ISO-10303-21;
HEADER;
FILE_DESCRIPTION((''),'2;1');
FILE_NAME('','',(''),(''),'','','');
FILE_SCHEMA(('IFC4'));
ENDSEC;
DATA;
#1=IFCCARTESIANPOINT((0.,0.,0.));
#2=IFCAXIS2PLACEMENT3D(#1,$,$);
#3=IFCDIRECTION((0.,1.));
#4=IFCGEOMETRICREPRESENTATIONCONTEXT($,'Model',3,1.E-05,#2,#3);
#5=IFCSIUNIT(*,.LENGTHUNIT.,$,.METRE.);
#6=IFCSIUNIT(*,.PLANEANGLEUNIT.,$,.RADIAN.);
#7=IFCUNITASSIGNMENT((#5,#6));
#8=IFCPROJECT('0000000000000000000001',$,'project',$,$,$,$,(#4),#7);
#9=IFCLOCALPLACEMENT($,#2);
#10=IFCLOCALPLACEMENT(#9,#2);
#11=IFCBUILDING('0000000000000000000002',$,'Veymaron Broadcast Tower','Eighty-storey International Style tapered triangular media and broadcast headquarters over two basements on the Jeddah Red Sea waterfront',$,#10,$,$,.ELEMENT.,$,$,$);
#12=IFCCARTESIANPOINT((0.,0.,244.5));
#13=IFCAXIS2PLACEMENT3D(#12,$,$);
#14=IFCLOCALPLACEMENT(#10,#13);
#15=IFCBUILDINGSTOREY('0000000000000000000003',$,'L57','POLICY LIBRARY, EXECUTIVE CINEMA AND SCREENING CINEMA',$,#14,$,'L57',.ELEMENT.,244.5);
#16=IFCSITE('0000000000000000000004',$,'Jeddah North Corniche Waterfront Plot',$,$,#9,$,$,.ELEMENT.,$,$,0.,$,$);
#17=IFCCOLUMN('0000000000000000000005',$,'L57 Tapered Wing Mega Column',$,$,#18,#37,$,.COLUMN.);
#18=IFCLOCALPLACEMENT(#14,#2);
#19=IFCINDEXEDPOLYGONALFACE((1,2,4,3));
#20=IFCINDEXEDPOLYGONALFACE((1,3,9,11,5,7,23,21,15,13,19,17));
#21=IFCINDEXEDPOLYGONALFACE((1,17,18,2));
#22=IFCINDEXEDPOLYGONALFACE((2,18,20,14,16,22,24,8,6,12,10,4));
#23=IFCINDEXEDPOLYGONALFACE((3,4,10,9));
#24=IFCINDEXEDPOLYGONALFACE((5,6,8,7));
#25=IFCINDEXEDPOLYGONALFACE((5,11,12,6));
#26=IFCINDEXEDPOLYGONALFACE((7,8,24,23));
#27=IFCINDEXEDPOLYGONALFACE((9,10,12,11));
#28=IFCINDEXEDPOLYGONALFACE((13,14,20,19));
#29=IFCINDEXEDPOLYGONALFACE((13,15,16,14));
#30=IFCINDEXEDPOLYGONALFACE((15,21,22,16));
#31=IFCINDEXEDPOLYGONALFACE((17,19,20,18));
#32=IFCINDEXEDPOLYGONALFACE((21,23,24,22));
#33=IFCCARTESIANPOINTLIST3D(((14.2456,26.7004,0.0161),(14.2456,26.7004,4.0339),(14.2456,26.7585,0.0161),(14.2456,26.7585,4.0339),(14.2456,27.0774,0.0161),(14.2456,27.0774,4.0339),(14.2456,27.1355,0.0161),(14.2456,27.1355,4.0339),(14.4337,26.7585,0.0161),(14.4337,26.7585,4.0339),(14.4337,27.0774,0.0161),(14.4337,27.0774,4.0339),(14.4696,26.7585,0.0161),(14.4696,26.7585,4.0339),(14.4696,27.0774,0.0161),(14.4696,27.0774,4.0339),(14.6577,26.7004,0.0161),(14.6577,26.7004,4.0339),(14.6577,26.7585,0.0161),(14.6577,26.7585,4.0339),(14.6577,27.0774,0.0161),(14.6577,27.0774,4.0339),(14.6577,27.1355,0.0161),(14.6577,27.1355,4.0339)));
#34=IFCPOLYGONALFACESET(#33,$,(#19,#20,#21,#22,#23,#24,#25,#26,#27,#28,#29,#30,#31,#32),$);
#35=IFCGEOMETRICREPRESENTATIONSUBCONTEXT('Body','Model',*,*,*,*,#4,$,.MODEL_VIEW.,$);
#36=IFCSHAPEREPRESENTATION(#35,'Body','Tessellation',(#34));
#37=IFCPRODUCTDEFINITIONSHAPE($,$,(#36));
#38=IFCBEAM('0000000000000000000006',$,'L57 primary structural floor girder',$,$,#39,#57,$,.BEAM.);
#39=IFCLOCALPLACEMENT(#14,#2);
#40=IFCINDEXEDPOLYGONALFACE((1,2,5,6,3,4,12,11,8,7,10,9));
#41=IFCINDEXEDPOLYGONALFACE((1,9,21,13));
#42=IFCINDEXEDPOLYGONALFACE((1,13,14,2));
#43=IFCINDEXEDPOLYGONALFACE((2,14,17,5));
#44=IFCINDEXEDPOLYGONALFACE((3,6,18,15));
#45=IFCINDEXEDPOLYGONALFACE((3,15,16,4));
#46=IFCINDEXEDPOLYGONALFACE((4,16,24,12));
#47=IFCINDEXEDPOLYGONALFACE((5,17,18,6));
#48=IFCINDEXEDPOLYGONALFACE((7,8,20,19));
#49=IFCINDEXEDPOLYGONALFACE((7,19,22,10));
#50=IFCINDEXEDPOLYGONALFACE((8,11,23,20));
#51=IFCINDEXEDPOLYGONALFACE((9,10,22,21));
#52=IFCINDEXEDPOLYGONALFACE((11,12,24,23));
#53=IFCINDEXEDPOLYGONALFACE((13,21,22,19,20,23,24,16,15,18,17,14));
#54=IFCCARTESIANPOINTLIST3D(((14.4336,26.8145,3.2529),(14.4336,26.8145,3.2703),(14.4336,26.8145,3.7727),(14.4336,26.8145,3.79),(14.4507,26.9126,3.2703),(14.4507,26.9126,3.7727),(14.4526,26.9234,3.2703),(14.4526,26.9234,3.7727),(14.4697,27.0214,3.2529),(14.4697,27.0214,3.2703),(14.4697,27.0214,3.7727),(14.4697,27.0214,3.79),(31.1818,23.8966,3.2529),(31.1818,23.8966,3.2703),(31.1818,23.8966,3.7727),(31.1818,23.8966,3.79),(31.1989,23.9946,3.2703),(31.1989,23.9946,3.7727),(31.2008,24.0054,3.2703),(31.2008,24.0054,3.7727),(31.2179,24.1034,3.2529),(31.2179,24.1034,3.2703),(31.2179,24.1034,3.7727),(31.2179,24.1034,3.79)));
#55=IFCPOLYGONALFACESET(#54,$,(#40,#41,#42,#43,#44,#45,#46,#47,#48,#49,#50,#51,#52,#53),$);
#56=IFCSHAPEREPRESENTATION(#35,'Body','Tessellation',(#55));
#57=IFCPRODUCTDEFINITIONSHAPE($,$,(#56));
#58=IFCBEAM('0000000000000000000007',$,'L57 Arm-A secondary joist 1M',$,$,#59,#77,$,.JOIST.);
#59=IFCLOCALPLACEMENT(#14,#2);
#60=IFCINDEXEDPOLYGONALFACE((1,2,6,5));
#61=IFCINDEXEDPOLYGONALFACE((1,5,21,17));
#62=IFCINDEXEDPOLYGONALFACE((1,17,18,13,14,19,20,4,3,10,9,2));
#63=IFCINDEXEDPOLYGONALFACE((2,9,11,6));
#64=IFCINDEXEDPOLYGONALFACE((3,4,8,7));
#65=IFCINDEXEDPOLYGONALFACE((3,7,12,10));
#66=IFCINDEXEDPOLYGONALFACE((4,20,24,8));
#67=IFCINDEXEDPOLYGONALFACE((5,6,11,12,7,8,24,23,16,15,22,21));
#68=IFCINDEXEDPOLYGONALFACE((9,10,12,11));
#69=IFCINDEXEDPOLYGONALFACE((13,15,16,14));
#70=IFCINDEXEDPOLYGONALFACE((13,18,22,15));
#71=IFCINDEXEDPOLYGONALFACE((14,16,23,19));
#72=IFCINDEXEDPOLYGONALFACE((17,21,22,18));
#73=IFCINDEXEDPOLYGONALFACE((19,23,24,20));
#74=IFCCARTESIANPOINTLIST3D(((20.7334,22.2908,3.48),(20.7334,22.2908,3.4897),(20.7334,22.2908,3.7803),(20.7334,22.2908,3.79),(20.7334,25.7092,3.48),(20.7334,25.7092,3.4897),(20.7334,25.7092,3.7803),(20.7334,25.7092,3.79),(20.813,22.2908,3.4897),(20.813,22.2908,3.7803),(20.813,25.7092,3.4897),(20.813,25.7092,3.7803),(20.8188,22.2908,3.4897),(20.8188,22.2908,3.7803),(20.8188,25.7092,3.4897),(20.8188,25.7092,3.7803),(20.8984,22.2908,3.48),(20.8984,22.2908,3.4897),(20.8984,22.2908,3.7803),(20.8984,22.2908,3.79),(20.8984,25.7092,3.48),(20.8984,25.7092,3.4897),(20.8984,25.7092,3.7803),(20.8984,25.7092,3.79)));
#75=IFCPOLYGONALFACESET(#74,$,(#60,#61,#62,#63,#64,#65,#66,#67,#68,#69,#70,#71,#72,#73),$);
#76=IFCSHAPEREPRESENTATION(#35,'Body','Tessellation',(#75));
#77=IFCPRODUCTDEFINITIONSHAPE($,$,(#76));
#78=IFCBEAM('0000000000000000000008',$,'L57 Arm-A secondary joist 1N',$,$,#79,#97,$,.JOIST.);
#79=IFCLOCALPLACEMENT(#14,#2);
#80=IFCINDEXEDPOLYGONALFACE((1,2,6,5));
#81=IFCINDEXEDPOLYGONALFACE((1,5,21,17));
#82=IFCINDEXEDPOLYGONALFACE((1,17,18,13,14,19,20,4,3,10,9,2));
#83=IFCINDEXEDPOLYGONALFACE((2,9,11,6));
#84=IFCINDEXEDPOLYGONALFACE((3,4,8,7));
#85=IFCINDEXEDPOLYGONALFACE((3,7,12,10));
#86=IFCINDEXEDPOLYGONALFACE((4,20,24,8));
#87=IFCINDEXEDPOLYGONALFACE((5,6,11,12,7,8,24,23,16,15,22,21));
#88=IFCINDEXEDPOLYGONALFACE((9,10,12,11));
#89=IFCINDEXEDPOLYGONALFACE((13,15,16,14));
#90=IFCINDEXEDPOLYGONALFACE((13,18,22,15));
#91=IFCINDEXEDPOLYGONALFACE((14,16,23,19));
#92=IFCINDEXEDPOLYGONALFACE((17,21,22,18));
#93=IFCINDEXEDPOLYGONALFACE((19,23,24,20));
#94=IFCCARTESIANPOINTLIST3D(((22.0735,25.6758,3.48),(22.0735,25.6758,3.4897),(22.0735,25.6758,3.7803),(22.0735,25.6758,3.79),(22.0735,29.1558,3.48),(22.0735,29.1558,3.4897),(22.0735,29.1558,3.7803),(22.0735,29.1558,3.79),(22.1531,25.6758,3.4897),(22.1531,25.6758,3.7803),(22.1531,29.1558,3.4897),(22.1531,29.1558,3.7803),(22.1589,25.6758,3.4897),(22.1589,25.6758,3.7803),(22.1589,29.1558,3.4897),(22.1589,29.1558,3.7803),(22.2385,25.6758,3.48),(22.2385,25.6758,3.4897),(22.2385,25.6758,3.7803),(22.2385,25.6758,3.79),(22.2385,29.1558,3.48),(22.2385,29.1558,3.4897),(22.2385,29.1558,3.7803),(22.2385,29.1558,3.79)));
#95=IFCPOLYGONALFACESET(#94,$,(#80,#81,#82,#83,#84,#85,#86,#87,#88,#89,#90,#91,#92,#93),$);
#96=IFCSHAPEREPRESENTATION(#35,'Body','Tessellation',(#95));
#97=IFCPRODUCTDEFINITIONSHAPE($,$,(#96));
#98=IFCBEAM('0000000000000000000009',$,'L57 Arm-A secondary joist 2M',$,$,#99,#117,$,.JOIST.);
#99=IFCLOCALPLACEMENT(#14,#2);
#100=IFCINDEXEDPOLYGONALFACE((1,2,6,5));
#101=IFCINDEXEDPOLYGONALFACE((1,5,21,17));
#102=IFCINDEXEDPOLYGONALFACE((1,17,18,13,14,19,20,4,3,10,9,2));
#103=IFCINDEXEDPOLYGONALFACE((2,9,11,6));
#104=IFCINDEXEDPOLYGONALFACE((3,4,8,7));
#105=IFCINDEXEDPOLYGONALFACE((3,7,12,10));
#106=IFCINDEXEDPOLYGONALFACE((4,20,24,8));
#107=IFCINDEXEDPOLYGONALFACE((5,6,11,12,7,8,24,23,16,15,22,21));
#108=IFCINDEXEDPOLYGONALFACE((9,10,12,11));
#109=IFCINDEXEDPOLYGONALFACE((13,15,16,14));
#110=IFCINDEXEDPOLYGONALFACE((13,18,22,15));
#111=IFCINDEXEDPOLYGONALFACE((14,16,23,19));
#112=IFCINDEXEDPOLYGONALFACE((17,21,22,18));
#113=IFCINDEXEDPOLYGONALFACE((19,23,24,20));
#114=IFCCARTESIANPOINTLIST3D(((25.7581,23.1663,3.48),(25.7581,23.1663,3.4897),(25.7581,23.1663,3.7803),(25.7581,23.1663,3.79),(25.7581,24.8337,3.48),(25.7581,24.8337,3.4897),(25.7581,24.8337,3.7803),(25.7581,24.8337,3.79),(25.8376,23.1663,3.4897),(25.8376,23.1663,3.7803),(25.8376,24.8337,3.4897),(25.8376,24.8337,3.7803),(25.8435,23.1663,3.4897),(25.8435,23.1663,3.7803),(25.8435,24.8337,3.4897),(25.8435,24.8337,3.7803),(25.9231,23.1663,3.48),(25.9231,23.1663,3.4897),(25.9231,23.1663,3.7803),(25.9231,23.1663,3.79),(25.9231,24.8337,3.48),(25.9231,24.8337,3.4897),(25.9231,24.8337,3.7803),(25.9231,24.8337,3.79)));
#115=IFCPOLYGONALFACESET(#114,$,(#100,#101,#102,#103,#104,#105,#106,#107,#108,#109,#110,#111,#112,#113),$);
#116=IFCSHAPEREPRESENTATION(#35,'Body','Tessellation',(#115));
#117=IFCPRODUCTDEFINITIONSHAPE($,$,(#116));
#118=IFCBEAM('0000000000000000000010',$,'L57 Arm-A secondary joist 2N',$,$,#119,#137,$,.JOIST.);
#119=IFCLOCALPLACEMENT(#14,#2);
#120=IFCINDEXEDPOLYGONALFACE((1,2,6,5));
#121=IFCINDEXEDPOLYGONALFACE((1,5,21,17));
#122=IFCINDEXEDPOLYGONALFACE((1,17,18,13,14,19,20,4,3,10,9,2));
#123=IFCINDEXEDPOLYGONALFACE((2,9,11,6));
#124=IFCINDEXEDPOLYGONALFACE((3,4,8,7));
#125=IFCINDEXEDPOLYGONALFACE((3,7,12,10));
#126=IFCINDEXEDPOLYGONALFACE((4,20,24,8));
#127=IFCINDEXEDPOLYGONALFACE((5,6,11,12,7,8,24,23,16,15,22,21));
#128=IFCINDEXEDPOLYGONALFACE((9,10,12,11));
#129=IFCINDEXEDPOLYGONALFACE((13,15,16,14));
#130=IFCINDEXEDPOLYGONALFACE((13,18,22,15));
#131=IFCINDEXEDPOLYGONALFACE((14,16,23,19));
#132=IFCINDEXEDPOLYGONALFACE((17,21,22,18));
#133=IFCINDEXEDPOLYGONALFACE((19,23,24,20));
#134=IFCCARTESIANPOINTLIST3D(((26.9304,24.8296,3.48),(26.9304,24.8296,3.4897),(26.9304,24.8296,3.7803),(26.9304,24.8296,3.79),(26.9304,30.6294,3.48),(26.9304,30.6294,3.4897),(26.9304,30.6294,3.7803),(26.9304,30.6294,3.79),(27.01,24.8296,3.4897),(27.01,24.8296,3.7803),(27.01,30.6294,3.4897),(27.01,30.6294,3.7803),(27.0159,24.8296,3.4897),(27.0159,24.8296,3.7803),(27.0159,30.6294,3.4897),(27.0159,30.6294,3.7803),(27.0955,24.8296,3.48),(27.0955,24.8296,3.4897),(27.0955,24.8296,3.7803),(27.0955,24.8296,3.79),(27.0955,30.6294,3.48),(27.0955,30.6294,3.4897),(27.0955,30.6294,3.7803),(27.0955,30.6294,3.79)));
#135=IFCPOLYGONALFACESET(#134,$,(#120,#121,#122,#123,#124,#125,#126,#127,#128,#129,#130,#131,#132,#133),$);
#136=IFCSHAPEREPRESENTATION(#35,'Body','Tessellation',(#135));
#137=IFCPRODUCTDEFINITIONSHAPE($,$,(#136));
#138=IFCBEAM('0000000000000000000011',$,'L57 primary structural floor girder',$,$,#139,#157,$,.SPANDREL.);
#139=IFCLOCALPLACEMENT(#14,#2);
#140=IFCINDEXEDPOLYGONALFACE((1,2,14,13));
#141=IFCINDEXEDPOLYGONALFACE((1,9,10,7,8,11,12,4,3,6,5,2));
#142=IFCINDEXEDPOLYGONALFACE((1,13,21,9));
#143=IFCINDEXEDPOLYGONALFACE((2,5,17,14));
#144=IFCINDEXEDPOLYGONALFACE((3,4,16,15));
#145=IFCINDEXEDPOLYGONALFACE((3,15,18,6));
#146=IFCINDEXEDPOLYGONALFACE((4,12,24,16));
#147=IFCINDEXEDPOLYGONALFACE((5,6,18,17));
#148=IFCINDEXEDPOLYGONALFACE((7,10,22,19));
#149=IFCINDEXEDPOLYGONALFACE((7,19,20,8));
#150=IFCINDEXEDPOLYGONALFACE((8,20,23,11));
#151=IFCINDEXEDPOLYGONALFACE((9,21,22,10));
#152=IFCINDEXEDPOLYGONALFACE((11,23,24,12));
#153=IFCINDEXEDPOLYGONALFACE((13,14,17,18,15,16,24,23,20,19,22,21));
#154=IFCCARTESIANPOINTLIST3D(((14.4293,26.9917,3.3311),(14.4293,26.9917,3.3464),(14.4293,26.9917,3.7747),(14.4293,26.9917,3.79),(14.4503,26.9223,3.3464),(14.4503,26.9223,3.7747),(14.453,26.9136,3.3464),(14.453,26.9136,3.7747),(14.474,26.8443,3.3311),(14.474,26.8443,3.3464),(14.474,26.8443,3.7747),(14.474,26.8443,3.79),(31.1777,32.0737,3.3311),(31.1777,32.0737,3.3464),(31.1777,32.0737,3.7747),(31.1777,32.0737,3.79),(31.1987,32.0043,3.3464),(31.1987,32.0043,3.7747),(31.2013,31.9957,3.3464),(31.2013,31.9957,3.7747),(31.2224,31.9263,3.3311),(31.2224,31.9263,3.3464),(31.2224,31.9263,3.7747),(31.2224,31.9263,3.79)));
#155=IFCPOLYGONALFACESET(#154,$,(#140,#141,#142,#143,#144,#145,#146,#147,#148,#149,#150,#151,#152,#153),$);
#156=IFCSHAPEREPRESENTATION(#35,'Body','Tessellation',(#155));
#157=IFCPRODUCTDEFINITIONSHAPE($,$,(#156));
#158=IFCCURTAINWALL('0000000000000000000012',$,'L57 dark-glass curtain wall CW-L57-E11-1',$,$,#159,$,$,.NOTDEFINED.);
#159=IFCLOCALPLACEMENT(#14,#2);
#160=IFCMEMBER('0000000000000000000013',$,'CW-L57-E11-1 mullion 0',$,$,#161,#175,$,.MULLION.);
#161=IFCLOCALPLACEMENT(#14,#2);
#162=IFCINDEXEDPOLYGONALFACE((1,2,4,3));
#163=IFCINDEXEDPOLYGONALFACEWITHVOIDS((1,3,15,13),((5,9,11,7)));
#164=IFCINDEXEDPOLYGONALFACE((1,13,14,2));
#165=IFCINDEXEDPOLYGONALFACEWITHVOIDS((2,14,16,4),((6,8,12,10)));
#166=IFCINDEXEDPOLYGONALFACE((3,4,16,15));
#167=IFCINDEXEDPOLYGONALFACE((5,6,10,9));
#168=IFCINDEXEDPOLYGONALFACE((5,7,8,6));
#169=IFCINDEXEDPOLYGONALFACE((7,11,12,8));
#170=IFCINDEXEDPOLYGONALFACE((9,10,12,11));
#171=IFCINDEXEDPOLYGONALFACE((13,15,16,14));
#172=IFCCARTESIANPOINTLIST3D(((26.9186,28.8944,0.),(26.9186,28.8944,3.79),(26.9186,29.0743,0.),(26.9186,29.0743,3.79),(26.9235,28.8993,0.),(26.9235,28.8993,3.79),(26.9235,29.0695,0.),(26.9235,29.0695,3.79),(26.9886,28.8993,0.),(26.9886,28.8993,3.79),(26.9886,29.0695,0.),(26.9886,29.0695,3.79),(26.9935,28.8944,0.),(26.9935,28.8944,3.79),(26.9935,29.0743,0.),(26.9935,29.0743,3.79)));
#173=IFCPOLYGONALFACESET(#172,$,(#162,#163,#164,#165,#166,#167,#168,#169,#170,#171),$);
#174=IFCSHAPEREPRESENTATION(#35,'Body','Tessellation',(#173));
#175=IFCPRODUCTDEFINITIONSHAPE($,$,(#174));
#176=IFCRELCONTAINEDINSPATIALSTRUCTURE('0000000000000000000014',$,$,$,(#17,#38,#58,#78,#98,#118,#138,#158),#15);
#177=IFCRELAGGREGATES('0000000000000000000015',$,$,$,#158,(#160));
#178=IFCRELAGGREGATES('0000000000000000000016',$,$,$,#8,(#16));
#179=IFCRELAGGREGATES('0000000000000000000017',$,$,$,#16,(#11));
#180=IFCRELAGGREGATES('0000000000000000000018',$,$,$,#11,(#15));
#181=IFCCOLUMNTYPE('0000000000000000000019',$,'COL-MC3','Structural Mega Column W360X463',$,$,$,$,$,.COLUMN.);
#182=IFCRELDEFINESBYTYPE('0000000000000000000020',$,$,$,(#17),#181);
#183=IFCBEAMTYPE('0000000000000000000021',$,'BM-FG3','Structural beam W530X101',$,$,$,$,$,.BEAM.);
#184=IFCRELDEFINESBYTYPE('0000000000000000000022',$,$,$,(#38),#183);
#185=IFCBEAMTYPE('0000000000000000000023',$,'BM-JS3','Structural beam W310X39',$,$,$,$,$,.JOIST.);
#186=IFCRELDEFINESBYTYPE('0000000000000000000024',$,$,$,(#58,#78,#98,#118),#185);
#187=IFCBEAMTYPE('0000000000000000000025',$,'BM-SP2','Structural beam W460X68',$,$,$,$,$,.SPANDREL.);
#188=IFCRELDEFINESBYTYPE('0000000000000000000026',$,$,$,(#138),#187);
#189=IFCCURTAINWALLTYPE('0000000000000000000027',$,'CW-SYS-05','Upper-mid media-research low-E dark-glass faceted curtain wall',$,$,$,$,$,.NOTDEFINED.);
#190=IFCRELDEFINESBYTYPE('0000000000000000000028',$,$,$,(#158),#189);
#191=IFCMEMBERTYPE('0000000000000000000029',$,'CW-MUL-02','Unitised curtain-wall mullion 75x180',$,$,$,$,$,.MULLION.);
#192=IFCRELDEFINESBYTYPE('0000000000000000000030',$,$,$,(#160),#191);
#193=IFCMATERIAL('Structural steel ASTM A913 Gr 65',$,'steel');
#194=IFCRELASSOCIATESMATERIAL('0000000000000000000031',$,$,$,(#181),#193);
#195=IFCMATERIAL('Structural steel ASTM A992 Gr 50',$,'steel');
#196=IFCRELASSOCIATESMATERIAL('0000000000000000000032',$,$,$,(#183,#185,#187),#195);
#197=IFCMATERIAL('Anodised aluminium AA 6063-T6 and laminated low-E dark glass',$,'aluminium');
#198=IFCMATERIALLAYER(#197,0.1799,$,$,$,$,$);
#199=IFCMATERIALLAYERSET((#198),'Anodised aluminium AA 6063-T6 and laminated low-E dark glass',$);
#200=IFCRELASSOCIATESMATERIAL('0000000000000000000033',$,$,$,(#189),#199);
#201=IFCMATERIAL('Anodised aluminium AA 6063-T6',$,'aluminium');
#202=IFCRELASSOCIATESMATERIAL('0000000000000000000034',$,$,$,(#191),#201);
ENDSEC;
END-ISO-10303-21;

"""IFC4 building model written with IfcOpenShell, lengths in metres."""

from ifc_helpers import new_model, si_unit, direction, frame, origin, origin_2d, place, context, subcontext, project, spatial, hollow_rectangle, i_section, extrude, material, layer, layer_set, material_profile, profile_set, type_object, element, aggregate, save


model = new_model("IFC4")

# Units and contexts
model_context = context("Model", 3, precision=1e-05, world=origin(), true_north=direction((0.0, 1.0)))
body_context = subcontext(model_context, "Body", "Model", "MODEL_VIEW")
ifc_project = project(units=[si_unit("LENGTHUNIT", "METRE"), si_unit("PLANEANGLEUNIT", "RADIAN")], contexts=[model_context])

# Site, building, storey
site_placement = place(None, origin())
site = spatial("IfcSite", under=ifc_project, at=site_placement, Name="Jeddah North Corniche Waterfront Plot", CompositionType="ELEMENT", RefElevation=0.0)
building_placement = place(site_placement, origin())
building = spatial("IfcBuilding", under=site, at=building_placement, Name="Veymaron Broadcast Tower", Description="Eighty-storey International Style tapered triangular media and broadcast headquarters over two basements on the Jeddah Red Sea waterfront", CompositionType="ELEMENT")
storey_placement = place(building_placement, frame((0.0, 0.0, 244.5)))
storey = spatial("IfcBuildingStorey", under=building, at=storey_placement, Name="L57", Description="POLICY LIBRARY, EXECUTIVE CINEMA AND SCREENING CINEMA", LongName="L57", CompositionType="ELEMENT", Elevation=244.5)

# Column
ifc_material_1 = material(Name="Structural steel ASTM A913 Gr 65", Category="steel")
ifc_material_profile_1 = material_profile(ifc_material_1, i_section(OverallWidth=0.4121, OverallDepth=0.4351, WebThickness=0.0359, FlangeThickness=0.0581, at=origin_2d()), Name="W360X463")
ifc_profile_set_1 = profile_set([ifc_material_profile_1], Name="Structural steel ASTM A913 Gr 65")
column_type = type_object("IfcColumnType", Name="COL-MC3", Description="Structural Mega Column W360X463", PredefinedType="COLUMN", material=ifc_profile_set_1)
column_placement = place(storey_placement, frame((14.4517, 26.918, 0.0161), z_axis=(0.0, 0.0, 1.0), x_axis=(1.0, 0.0, 0.0)))
element("IfcColumn", 1, at=column_placement, inside=storey, type_object=column_type, Name="L57 Tapered Wing Mega Column", PredefinedType="COLUMN", context=body_context, shape_type="SweptSolid", body=[
    extrude(i_section(OverallWidth=0.4121, OverallDepth=0.4351, WebThickness=0.0359, FlangeThickness=0.0581, at=origin_2d()), origin(), (0.0, 0.0, 1.0), 4.0178),
])

# Beams
ifc_material_2 = material(Name="Structural steel ASTM A992 Gr 50", Category="steel")
ifc_material_profile_2 = material_profile(ifc_material_2, i_section(OverallWidth=0.21, OverallDepth=0.5371, WebThickness=0.011, FlangeThickness=0.0173, at=origin_2d()), Name="W530X101")
ifc_profile_set_2 = profile_set([ifc_material_profile_2], Name="Structural steel ASTM A992 Gr 50")
beam_type_1 = type_object("IfcBeamType", Name="BM-FG3", Description="Structural beam W530X101", PredefinedType="BEAM", material=ifc_profile_set_2)
beam_1_placement = place(storey_placement, frame((14.4517, 26.918, 3.5215), z_axis=(0.98516, -0.171639, 0.0), x_axis=(0.171639, 0.98516, 0.0)))
element("IfcBeam", 2, at=beam_1_placement, inside=storey, type_object=beam_type_1, Name="L57 primary structural floor girder", PredefinedType="BEAM", context=body_context, shape_type="SweptSolid", body=[
    extrude(i_section(OverallWidth=0.21, OverallDepth=0.5371, WebThickness=0.011, FlangeThickness=0.0173, at=origin_2d()), origin(), (0.0, 0.0, 1.0), 17.0005),
])
ifc_material_profile_3 = material_profile(ifc_material_2, i_section(OverallWidth=0.165, OverallDepth=0.3101, WebThickness=0.0059, FlangeThickness=0.0098, at=origin_2d()), Name="W310X39")
ifc_profile_set_3 = profile_set([ifc_material_profile_3], Name="Structural steel ASTM A992 Gr 50")
beam_type_2 = type_object("IfcBeamType", Name="BM-JS3", Description="Structural beam W310X39", PredefinedType="JOIST", material=ifc_profile_set_3)
beam_2_placement = place(storey_placement, frame((20.8159, 22.2908, 3.635), z_axis=(0.0, 1.0, 0.0), x_axis=(-1.0, 0.0, 0.0)))
element("IfcBeam", 3, at=beam_2_placement, inside=storey, type_object=beam_type_2, Name="L57 Arm-A secondary joist 1M", PredefinedType="JOIST", context=body_context, shape_type="SweptSolid", body=[
    extrude(i_section(OverallWidth=0.165, OverallDepth=0.3101, WebThickness=0.0059, FlangeThickness=0.0098, at=origin_2d()), origin(), (0.0, 0.0, 1.0), 3.4185),
])
beam_3_placement = place(storey_placement, frame((22.156, 25.6758, 3.635), z_axis=(0.0, 1.0, 0.0), x_axis=(-1.0, 0.0, 0.0)))
element("IfcBeam", 4, at=beam_3_placement, inside=storey, type_object=beam_type_2, Name="L57 Arm-A secondary joist 1N", PredefinedType="JOIST", context=body_context, shape_type="SweptSolid", body=[
    extrude(i_section(OverallWidth=0.165, OverallDepth=0.3101, WebThickness=0.0059, FlangeThickness=0.0098, at=origin_2d()), origin(), (0.0, 0.0, 1.0), 3.48),
])
beam_4_placement = place(storey_placement, frame((25.8406, 23.1663, 3.635), z_axis=(0.0, 1.0, 0.0), x_axis=(-1.0, 0.0, 0.0)))
element("IfcBeam", 5, at=beam_4_placement, inside=storey, type_object=beam_type_2, Name="L57 Arm-A secondary joist 2M", PredefinedType="JOIST", context=body_context, shape_type="SweptSolid", body=[
    extrude(i_section(OverallWidth=0.165, OverallDepth=0.3101, WebThickness=0.0059, FlangeThickness=0.0098, at=origin_2d()), origin(), (0.0, 0.0, 1.0), 1.6675),
])
beam_5_placement = place(storey_placement, frame((27.0129, 24.8296, 3.635), z_axis=(0.0, 1.0, 0.0), x_axis=(-1.0, 0.0, 0.0)))
element("IfcBeam", 6, at=beam_5_placement, inside=storey, type_object=beam_type_2, Name="L57 Arm-A secondary joist 2N", PredefinedType="JOIST", context=body_context, shape_type="SweptSolid", body=[
    extrude(i_section(OverallWidth=0.165, OverallDepth=0.3101, WebThickness=0.0059, FlangeThickness=0.0098, at=origin_2d()), origin(), (0.0, 0.0, 1.0), 5.7998),
])
ifc_material_profile_4 = material_profile(ifc_material_2, i_section(OverallWidth=0.1541, OverallDepth=0.459, WebThickness=0.009, FlangeThickness=0.0154, at=origin_2d()), Name="W460X68")
ifc_profile_set_4 = profile_set([ifc_material_profile_4], Name="Structural steel ASTM A992 Gr 50")
beam_type_3 = type_object("IfcBeamType", Name="BM-SP2", Description="Structural beam W460X68", PredefinedType="SPANDREL", material=ifc_profile_set_4)
beam_6_placement = place(storey_placement, frame((14.4517, 26.918, 3.5605), z_axis=(0.956917, 0.290363, 0.0), x_axis=(-0.290363, 0.956917, 0.0)))
element("IfcBeam", 7, at=beam_6_placement, inside=storey, type_object=beam_type_3, Name="L57 primary structural floor girder", PredefinedType="SPANDREL", context=body_context, shape_type="SweptSolid", body=[
    extrude(i_section(OverallWidth=0.1541, OverallDepth=0.459, WebThickness=0.009, FlangeThickness=0.0154, at=origin_2d()), origin(), (0.0, 0.0, 1.0), 17.5024),
])

# Curtain wall, member
ifc_material_3 = material(Name="Anodised aluminium AA 6063-T6 and laminated low-E dark glass", Category="aluminium")
ifc_layer_1 = layer(ifc_material_3, 0.1799)
ifc_layer_set_1 = layer_set([ifc_layer_1], Name="Anodised aluminium AA 6063-T6 and laminated low-E dark glass")
curtain_wall_type = type_object("IfcCurtainWallType", Name="CW-SYS-05", Description="Upper-mid media-research low-E dark-glass faceted curtain wall", PredefinedType="NOTDEFINED", material=ifc_layer_set_1)
curtain_wall_placement = place(storey_placement, origin())
curtain_wall = element("IfcCurtainWall", 8, at=curtain_wall_placement, inside=storey, type_object=curtain_wall_type, Name="L57 dark-glass curtain wall CW-L57-E11-1", PredefinedType="NOTDEFINED")
ifc_material_4 = material(Name="Anodised aluminium AA 6063-T6", Category="aluminium")
ifc_material_profile_5 = material_profile(ifc_material_4, hollow_rectangle(XDim=0.075, YDim=0.1799, WallThickness=0.0049, at=origin_2d()), Name="AL180X75X5")
ifc_profile_set_5 = profile_set([ifc_material_profile_5], Name="Anodised aluminium AA 6063-T6")
member_type_1 = type_object("IfcMemberType", Name="CW-MUL-02", Description="Unitised curtain-wall mullion 75x180", PredefinedType="MULLION", material=ifc_profile_set_5)
member_1_placement = place(storey_placement, frame((26.9561, 28.9844, 0.0), z_axis=(0.0, 0.0, 1.0), x_axis=(1.0, 0.0, 0.0)))
member_1 = element("IfcMember", 9, at=member_1_placement, type_object=member_type_1, Name="CW-L57-E11-1 mullion 0", PredefinedType="MULLION", context=body_context, shape_type="SweptSolid", body=[
    extrude(hollow_rectangle(XDim=0.075, YDim=0.1799, WallThickness=0.0049, at=origin_2d()), origin(), (0.0, 0.0, 1.0), 3.79),
])
aggregate(curtain_wall, [member_1])

save(model, "model.ifc")
